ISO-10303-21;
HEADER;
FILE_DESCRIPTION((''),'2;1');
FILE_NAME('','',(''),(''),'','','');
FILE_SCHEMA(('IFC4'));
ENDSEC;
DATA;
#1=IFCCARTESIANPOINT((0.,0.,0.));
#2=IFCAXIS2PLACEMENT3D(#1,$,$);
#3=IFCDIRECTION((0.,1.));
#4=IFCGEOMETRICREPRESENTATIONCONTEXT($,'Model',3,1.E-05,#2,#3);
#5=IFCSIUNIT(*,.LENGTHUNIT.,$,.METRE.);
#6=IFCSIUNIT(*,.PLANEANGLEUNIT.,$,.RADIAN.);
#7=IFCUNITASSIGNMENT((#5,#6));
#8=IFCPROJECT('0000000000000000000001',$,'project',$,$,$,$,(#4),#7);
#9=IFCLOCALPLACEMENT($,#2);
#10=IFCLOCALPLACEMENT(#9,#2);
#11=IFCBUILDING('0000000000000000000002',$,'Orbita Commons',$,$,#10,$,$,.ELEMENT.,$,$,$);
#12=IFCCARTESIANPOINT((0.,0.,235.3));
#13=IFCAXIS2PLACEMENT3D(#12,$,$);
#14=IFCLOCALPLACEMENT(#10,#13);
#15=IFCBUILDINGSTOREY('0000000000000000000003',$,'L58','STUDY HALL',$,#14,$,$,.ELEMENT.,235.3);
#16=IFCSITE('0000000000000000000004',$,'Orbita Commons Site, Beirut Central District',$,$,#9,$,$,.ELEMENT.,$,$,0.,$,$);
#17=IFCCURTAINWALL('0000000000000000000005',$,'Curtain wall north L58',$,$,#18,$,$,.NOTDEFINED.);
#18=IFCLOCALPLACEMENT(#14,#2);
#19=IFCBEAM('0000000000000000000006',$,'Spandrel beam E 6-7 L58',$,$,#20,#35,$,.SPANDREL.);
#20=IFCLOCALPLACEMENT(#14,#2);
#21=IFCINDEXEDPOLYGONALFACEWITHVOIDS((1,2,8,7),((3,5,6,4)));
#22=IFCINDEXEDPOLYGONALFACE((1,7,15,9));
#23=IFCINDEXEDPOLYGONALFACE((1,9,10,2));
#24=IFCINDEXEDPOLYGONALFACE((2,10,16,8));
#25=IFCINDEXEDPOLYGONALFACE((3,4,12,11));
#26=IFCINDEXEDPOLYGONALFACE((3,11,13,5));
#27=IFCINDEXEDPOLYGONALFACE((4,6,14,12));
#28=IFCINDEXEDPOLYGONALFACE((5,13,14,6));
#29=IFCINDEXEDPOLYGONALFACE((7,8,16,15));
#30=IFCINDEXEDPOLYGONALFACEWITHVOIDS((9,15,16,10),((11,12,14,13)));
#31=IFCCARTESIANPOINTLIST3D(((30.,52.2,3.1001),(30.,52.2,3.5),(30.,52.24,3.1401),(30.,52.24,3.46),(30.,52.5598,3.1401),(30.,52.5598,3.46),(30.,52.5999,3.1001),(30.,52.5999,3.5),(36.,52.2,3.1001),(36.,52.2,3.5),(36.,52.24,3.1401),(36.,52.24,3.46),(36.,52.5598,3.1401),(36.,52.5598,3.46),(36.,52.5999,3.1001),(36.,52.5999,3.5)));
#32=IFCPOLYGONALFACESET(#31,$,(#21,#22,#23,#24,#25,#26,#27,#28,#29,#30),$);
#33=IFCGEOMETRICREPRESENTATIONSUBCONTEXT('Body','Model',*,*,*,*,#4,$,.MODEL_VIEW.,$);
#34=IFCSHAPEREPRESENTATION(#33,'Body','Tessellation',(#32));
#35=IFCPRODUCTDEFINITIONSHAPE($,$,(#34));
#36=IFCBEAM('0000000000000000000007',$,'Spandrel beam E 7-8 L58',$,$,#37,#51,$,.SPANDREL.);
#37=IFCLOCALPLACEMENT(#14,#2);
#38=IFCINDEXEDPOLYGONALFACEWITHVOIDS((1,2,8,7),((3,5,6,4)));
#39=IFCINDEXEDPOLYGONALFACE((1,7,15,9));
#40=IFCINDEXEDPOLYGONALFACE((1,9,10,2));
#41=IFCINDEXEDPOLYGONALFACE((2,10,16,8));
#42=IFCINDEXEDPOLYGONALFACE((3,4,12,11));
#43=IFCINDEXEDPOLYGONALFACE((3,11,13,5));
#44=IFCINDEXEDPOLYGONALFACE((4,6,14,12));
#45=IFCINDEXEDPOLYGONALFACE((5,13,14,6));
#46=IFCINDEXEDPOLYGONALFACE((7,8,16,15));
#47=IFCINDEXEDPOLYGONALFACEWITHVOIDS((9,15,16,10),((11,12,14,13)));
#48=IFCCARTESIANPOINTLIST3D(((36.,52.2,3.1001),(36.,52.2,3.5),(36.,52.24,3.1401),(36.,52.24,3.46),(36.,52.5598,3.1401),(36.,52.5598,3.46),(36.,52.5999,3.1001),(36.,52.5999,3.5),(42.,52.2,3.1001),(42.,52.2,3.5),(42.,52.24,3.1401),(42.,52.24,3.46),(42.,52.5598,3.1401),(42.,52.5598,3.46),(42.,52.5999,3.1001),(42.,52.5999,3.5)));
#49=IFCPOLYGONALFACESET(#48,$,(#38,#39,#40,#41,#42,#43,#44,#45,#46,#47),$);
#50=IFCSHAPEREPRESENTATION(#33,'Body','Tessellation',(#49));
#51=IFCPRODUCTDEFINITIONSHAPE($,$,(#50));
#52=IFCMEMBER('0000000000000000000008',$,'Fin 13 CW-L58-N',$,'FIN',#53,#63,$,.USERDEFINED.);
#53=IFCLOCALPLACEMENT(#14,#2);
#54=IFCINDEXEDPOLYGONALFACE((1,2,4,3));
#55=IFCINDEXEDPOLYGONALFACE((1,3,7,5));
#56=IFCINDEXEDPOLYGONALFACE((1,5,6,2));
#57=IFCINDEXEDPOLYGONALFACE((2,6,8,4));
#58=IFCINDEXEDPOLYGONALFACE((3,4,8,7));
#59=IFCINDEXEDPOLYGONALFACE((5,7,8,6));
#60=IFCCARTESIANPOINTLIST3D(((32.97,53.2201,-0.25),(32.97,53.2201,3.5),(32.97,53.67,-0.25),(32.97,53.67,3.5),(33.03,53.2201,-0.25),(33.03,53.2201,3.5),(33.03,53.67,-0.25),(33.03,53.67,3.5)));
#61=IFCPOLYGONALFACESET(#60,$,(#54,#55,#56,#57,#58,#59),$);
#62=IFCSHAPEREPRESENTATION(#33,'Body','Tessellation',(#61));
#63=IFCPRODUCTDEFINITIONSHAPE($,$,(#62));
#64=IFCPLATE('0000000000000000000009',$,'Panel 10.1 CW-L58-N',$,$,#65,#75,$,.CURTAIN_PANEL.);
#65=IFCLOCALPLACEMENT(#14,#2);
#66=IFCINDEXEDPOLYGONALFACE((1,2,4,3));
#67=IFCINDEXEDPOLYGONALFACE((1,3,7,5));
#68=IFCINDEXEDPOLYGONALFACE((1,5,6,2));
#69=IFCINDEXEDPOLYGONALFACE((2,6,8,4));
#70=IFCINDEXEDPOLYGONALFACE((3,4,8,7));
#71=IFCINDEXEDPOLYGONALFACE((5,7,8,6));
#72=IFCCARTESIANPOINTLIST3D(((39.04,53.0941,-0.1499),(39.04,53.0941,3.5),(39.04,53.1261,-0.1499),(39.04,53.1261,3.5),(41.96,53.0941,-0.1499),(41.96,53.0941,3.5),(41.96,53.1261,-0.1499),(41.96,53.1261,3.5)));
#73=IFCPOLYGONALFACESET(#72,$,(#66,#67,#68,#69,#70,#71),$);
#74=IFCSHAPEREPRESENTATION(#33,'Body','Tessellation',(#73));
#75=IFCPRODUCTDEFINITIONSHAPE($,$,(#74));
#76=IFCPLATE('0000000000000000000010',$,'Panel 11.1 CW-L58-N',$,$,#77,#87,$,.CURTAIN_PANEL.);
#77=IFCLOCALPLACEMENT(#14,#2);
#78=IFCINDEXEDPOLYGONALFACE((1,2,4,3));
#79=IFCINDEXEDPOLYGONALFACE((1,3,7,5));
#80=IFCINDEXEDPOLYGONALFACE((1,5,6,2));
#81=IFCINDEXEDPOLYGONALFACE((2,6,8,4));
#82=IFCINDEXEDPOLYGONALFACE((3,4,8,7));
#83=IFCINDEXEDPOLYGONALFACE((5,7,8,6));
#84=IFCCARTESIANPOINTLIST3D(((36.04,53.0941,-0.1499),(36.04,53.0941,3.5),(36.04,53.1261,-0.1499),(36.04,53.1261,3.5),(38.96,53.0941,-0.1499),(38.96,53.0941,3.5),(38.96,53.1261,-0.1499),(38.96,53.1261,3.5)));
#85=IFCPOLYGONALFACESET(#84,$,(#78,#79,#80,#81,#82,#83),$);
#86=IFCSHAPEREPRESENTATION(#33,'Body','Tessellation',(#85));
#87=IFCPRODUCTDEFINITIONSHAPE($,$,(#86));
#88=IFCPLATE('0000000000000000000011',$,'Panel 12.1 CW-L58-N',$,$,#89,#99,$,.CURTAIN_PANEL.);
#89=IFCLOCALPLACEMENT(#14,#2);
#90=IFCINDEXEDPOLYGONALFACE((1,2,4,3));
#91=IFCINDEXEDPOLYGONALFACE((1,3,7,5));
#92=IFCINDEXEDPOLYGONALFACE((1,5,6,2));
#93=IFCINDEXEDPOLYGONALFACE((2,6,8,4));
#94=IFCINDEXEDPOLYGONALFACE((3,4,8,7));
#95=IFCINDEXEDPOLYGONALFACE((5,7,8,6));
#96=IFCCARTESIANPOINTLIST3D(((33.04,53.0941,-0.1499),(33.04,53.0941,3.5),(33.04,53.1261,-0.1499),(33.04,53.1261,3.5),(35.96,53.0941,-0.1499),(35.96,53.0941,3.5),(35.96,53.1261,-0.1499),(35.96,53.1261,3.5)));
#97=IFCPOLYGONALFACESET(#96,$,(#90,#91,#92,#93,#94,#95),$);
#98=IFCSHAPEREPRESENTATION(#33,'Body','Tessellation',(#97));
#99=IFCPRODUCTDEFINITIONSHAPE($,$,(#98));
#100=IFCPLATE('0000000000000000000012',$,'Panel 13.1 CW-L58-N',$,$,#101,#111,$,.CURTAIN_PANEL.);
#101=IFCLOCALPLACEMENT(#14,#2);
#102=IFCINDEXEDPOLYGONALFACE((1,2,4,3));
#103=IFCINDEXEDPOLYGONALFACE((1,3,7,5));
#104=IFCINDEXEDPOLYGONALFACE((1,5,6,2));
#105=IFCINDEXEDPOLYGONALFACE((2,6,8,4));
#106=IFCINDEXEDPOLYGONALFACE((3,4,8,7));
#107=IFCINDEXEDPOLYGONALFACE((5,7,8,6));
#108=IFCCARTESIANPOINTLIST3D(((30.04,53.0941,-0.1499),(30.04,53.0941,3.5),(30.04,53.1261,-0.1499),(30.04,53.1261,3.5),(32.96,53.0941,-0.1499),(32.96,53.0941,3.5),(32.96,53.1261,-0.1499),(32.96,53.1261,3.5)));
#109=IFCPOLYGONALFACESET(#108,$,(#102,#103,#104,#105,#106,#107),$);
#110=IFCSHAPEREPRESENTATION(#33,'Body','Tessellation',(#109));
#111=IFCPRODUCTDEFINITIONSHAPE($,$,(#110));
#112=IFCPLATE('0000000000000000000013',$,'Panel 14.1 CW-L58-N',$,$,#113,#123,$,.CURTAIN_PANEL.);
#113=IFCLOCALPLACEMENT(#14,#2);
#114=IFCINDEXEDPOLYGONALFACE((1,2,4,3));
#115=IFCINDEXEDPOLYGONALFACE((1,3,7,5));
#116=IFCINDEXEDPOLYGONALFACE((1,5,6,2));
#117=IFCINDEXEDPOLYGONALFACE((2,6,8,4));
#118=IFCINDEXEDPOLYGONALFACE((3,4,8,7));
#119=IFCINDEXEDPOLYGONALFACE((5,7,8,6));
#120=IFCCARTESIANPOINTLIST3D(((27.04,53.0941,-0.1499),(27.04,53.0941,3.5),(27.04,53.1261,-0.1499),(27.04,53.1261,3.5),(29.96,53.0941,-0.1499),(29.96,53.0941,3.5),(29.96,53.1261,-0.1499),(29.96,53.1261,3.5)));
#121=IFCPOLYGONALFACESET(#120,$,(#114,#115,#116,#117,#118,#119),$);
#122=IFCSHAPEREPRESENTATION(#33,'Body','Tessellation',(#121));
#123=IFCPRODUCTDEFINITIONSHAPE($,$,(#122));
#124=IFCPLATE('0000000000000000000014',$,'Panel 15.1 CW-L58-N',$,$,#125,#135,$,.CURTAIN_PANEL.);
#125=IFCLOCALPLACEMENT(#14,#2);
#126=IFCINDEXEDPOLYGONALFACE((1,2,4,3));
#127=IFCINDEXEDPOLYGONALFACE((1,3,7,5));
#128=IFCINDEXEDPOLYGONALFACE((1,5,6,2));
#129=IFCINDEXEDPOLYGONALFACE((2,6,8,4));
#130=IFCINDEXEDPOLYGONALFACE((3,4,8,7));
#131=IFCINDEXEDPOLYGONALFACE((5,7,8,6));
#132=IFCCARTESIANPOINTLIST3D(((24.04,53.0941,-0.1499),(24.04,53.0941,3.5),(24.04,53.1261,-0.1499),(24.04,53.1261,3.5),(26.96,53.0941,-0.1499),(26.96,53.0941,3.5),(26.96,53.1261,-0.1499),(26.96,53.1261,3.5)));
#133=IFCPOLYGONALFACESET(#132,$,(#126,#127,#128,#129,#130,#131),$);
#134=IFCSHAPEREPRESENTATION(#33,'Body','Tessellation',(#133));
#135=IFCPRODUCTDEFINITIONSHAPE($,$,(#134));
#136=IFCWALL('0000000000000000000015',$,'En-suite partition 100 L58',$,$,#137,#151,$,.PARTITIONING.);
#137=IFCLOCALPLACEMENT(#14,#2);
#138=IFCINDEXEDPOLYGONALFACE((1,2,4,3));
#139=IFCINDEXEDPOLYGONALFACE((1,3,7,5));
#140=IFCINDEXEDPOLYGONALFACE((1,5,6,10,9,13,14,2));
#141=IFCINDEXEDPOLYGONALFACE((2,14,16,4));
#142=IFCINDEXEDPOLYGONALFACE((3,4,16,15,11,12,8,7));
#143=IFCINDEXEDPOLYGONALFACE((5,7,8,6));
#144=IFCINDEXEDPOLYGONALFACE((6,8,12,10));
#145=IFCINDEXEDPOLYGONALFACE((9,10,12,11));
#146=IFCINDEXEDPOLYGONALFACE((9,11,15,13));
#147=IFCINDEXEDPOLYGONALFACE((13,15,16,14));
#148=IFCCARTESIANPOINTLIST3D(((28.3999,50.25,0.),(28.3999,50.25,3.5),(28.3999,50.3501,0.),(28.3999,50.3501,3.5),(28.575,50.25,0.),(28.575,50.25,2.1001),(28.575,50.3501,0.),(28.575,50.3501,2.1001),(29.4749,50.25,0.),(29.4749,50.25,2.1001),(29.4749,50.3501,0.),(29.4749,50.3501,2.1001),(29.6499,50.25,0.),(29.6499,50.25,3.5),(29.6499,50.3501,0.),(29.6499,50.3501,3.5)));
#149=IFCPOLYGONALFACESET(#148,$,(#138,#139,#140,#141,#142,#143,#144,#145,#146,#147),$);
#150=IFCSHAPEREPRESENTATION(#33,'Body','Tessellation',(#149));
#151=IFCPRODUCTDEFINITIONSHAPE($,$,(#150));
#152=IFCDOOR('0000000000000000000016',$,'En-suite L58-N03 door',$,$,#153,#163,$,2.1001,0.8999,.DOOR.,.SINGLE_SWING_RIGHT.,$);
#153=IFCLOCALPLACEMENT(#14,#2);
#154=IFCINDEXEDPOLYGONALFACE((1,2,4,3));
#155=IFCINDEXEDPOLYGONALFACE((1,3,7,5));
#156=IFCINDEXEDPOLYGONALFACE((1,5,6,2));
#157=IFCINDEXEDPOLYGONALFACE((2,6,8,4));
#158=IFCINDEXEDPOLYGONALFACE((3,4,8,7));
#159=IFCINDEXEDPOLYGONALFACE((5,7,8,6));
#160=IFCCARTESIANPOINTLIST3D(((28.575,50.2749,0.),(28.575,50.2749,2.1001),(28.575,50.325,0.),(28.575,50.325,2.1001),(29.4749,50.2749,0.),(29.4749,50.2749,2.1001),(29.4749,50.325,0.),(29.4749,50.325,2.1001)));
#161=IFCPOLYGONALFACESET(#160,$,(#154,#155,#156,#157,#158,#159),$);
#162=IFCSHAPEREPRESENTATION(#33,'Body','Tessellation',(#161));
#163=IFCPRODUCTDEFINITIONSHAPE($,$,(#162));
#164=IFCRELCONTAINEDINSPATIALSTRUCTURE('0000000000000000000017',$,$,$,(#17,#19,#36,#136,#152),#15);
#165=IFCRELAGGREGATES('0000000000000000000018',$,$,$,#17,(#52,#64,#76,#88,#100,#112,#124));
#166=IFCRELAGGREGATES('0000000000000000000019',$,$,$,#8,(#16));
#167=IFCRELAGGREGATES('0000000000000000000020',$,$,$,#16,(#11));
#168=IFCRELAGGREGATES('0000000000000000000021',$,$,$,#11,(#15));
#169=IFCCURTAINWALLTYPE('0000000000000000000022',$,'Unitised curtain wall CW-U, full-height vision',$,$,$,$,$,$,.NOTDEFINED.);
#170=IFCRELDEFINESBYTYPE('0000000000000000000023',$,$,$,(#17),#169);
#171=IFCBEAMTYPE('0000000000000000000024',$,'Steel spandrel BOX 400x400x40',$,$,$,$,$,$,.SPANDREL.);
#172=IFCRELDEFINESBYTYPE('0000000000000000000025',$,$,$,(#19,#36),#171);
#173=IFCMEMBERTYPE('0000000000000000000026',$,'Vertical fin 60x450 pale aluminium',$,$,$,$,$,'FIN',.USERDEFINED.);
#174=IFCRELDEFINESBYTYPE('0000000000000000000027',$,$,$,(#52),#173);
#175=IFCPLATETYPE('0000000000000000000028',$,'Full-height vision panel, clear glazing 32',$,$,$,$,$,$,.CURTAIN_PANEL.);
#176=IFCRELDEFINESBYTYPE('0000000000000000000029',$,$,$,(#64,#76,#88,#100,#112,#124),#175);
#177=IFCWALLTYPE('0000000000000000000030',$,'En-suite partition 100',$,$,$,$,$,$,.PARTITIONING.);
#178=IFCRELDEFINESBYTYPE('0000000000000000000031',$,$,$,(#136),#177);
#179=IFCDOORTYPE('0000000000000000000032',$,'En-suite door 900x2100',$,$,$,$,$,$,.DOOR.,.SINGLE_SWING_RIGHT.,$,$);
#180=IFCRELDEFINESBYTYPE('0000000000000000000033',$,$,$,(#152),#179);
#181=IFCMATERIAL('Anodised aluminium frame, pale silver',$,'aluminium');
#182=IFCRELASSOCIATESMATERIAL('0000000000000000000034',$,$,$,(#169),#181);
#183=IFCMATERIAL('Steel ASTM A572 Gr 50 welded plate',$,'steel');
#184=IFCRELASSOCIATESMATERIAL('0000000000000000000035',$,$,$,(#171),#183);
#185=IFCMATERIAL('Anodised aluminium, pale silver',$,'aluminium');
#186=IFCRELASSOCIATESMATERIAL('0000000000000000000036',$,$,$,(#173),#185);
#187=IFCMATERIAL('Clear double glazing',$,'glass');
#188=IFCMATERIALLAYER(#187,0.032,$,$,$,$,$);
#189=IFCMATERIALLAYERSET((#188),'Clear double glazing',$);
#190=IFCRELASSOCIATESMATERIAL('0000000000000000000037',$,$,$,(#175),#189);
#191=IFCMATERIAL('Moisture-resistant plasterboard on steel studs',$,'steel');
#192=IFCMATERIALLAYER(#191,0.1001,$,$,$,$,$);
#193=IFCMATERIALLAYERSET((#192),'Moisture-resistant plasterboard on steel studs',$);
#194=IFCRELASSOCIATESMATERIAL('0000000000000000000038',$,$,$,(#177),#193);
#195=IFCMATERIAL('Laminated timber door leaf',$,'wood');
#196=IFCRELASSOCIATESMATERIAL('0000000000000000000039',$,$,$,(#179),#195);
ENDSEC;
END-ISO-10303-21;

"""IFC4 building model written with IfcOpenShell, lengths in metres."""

from ifc_helpers import new_model, si_unit, direction, frame, frame_2d, origin, origin_2d, place, context, subcontext, project, spatial, rectangle, hollow_rectangle, extrude, material, layer, layer_set, material_profile, profile_set, type_object, element, fill, aggregate, save


model = new_model("IFC4")

# Units and contexts
model_context = context("Model", 3, precision=1e-05, world=origin(), true_north=direction((0.0, 1.0)))
body_context = subcontext(model_context, "Body", "Model", "MODEL_VIEW")
ifc_project = project(units=[si_unit("LENGTHUNIT", "METRE"), si_unit("PLANEANGLEUNIT", "RADIAN")], contexts=[model_context])

# Site, building, storey
site_placement = place(None, origin())
site = spatial("IfcSite", under=ifc_project, at=site_placement, Name="Orbita Commons Site, Beirut Central District", CompositionType="ELEMENT", RefElevation=0.0)
building_placement = place(site_placement, origin())
building = spatial("IfcBuilding", under=site, at=building_placement, Name="Orbita Commons", CompositionType="ELEMENT")
storey_placement = place(building_placement, frame((0.0, 0.0, 235.3)))
storey = spatial("IfcBuildingStorey", under=building, at=storey_placement, Name="L58", Description="STUDY HALL", CompositionType="ELEMENT", Elevation=235.3)

# Curtain wall
ifc_material_1 = material(Name="Anodised aluminium frame, pale silver", Category="aluminium")
curtain_wall_type = type_object("IfcCurtainWallType", Name="Unitised curtain wall CW-U, full-height vision", PredefinedType="NOTDEFINED", material=ifc_material_1)
curtain_wall_placement = place(storey_placement, origin())
curtain_wall = element("IfcCurtainWall", 1, at=curtain_wall_placement, inside=storey, type_object=curtain_wall_type, Name="Curtain wall north L58", PredefinedType="NOTDEFINED")

# Beams
ifc_material_2 = material(Name="Steel ASTM A572 Gr 50 welded plate", Category="steel")
ifc_material_profile_1 = material_profile(ifc_material_2, hollow_rectangle(XDim=0.3999, YDim=0.3999, WallThickness=0.04, at=origin_2d()), Name="BOX 400x400x40")
ifc_profile_set_1 = profile_set([ifc_material_profile_1], Name="Steel ASTM A572 Gr 50 welded plate")
beam_type = type_object("IfcBeamType", Name="Steel spandrel BOX 400x400x40", PredefinedType="SPANDREL", material=ifc_profile_set_1)
for number, where, z_axis, x_axis, name in (
    (2, (30.0, 52.3999, 3.3), (1.0, 0.0, 0.0), (0.0, 1.0, 0.0), "Spandrel beam E 6-7 L58"),
    (3, (36.0, 52.3999, 3.3), (1.0, 0.0, 0.0), (0.0, 1.0, 0.0), "Spandrel beam E 7-8 L58"),
):
    element("IfcBeam", number, at=place(storey_placement, frame(where, z_axis=z_axis, x_axis=x_axis)), inside=storey, type_object=beam_type, Name=name, PredefinedType="SPANDREL", context=body_context, shape_type="SweptSolid", body=[
        extrude(hollow_rectangle(XDim=0.3999, YDim=0.3999, WallThickness=0.04, at=origin_2d()), origin(), (0.0, 0.0, 1.0), 6.0),
    ])

# Member
ifc_material_3 = material(Name="Anodised aluminium, pale silver", Category="aluminium")
ifc_material_profile_2 = material_profile(ifc_material_3, rectangle(XDim=0.0601, YDim=0.45, at=origin_2d()), Name="FIN 60x450")
ifc_profile_set_2 = profile_set([ifc_material_profile_2], Name="Anodised aluminium, pale silver")
member_type_1 = type_object("IfcMemberType", Name="Vertical fin 60x450 pale aluminium", ElementType="FIN", PredefinedType="USERDEFINED", material=ifc_profile_set_2)
member_1_placement = place(storey_placement, frame((33.0, 53.4451, -0.25), z_axis=(0.0, 0.0, 1.0), x_axis=(-1.0, 0.0, 0.0)))
member_1 = element("IfcMember", 4, at=member_1_placement, type_object=member_type_1, Name="Fin 13 CW-L58-N", ObjectType="FIN", PredefinedType="USERDEFINED", context=body_context, shape_type="SweptSolid", body=[
    extrude(rectangle(XDim=0.0601, YDim=0.45, at=origin_2d()), origin(), (0.0, 0.0, 1.0), 3.75),
])

# Plates
ifc_material_4 = material(Name="Clear double glazing", Category="glass")
ifc_layer_1 = layer(ifc_material_4, 0.032)
ifc_layer_set_1 = layer_set([ifc_layer_1], Name="Clear double glazing")
plate_type = type_object("IfcPlateType", Name="Full-height vision panel, clear glazing 32", PredefinedType="CURTAIN_PANEL", material=ifc_layer_set_1)
plate_1_placement = place(storey_placement, frame((40.5, 53.1101, -0.1499), z_axis=(0.0, 0.0, 1.0), x_axis=(-1.0, 0.0, 0.0)))
plate_1 = element("IfcPlate", 5, at=plate_1_placement, type_object=plate_type, Name="Panel 10.1 CW-L58-N", PredefinedType="CURTAIN_PANEL", context=body_context, shape_type="SweptSolid", body=[
    extrude(rectangle(XDim=2.9199, YDim=0.032, at=origin_2d()), origin(), (0.0, 0.0, 1.0), 3.6499),
])
plate_2_placement = place(storey_placement, frame((37.5, 53.1101, -0.1499), z_axis=(0.0, 0.0, 1.0), x_axis=(-1.0, 0.0, 0.0)))
plate_2 = element("IfcPlate", 6, at=plate_2_placement, type_object=plate_type, Name="Panel 11.1 CW-L58-N", PredefinedType="CURTAIN_PANEL", context=body_context, shape_type="SweptSolid", body=[
    extrude(rectangle(XDim=2.9199, YDim=0.032, at=origin_2d()), origin(), (0.0, 0.0, 1.0), 3.6499),
])
plate_3_placement = place(storey_placement, frame((34.5, 53.1101, -0.1499), z_axis=(0.0, 0.0, 1.0), x_axis=(-1.0, 0.0, 0.0)))
plate_3 = element("IfcPlate", 7, at=plate_3_placement, type_object=plate_type, Name="Panel 12.1 CW-L58-N", PredefinedType="CURTAIN_PANEL", context=body_context, shape_type="SweptSolid", body=[
    extrude(rectangle(XDim=2.9199, YDim=0.032, at=origin_2d()), origin(), (0.0, 0.0, 1.0), 3.6499),
])
plate_4_placement = place(storey_placement, frame((31.5, 53.1101, -0.1499), z_axis=(0.0, 0.0, 1.0), x_axis=(-1.0, 0.0, 0.0)))
plate_4 = element("IfcPlate", 8, at=plate_4_placement, type_object=plate_type, Name="Panel 13.1 CW-L58-N", PredefinedType="CURTAIN_PANEL", context=body_context, shape_type="SweptSolid", body=[
    extrude(rectangle(XDim=2.9199, YDim=0.032, at=origin_2d()), origin(), (0.0, 0.0, 1.0), 3.6499),
])
plate_5_placement = place(storey_placement, frame((28.5, 53.1101, -0.1499), z_axis=(0.0, 0.0, 1.0), x_axis=(-1.0, 0.0, 0.0)))
plate_5 = element("IfcPlate", 9, at=plate_5_placement, type_object=plate_type, Name="Panel 14.1 CW-L58-N", PredefinedType="CURTAIN_PANEL", context=body_context, shape_type="SweptSolid", body=[
    extrude(rectangle(XDim=2.9199, YDim=0.032, at=origin_2d()), origin(), (0.0, 0.0, 1.0), 3.6499),
])
plate_6_placement = place(storey_placement, frame((25.5, 53.1101, -0.1499), z_axis=(0.0, 0.0, 1.0), x_axis=(-1.0, 0.0, 0.0)))
plate_6 = element("IfcPlate", 10, at=plate_6_placement, type_object=plate_type, Name="Panel 15.1 CW-L58-N", PredefinedType="CURTAIN_PANEL", context=body_context, shape_type="SweptSolid", body=[
    extrude(rectangle(XDim=2.9199, YDim=0.032, at=origin_2d()), origin(), (0.0, 0.0, 1.0), 3.6499),
])
aggregate(curtain_wall, [member_1, plate_1, plate_2, plate_3, plate_4, plate_5, plate_6])

# Wall, opening, door
ifc_material_5 = material(Name="Moisture-resistant plasterboard on steel studs", Category="steel")
ifc_layer_2 = layer(ifc_material_5, 0.1001)
ifc_layer_set_2 = layer_set([ifc_layer_2], Name="Moisture-resistant plasterboard on steel studs")
wall_type_1 = type_object("IfcWallType", Name="En-suite partition 100", PredefinedType="PARTITIONING", material=ifc_layer_set_2)
wall_1_placement = place(storey_placement, frame((28.3999, 50.3, 0.0), z_axis=(0.0, 0.0, 1.0), x_axis=(1.0, 0.0, 0.0)))
wall_1 = element("IfcWall", 11, at=wall_1_placement, inside=storey, type_object=wall_type_1, Name="En-suite partition 100 L58", PredefinedType="PARTITIONING", context=body_context, shape_type="SweptSolid", body=[
    extrude(rectangle(XDim=1.25, YDim=0.1001, at=frame_2d((0.625, 0.0))), origin(), (0.0, 0.0, 1.0), 3.5),
])
opening_1_placement = place(wall_1_placement, frame((0.175, 0.0, 0.0)))
opening_1 = element("IfcOpeningElement", 12, at=opening_1_placement, cuts=wall_1, PredefinedType="OPENING", context=body_context, shape_type="SweptSolid", body=[
    extrude(rectangle(XDim=0.8999, YDim=2.1001, at=frame_2d((0.45, 1.05))), frame((0.0, 0.0601, 0.0), z_axis=(0.0, -1.0, 0.0), x_axis=(1.0, 0.0, 0.0)), (0.0, 0.0, 1.0), 0.1201),
])
ifc_material_6 = material(Name="Laminated timber door leaf", Category="wood")
door_type = type_object("IfcDoorType", Name="En-suite door 900x2100", OperationType="SINGLE_SWING_RIGHT", PredefinedType="DOOR", material=ifc_material_6)
door_1_placement = place(opening_1_placement, origin())
door_1 = element("IfcDoor", 13, at=door_1_placement, inside=storey, type_object=door_type, Name="En-suite L58-N03 door", OperationType="SINGLE_SWING_RIGHT", OverallHeight=2.1001, OverallWidth=0.8999, PredefinedType="DOOR", context=body_context, shape_type="SweptSolid", body=[
    extrude(rectangle(XDim=0.8999, YDim=2.1001, at=frame_2d((0.45, 1.05))), frame((0.0, 0.0249, 0.0), z_axis=(0.0, -1.0, 0.0), x_axis=(1.0, 0.0, 0.0)), (0.0, 0.0, 1.0), 0.05),
])
fill(opening_1, door_1)

save(model, "model.ifc")
